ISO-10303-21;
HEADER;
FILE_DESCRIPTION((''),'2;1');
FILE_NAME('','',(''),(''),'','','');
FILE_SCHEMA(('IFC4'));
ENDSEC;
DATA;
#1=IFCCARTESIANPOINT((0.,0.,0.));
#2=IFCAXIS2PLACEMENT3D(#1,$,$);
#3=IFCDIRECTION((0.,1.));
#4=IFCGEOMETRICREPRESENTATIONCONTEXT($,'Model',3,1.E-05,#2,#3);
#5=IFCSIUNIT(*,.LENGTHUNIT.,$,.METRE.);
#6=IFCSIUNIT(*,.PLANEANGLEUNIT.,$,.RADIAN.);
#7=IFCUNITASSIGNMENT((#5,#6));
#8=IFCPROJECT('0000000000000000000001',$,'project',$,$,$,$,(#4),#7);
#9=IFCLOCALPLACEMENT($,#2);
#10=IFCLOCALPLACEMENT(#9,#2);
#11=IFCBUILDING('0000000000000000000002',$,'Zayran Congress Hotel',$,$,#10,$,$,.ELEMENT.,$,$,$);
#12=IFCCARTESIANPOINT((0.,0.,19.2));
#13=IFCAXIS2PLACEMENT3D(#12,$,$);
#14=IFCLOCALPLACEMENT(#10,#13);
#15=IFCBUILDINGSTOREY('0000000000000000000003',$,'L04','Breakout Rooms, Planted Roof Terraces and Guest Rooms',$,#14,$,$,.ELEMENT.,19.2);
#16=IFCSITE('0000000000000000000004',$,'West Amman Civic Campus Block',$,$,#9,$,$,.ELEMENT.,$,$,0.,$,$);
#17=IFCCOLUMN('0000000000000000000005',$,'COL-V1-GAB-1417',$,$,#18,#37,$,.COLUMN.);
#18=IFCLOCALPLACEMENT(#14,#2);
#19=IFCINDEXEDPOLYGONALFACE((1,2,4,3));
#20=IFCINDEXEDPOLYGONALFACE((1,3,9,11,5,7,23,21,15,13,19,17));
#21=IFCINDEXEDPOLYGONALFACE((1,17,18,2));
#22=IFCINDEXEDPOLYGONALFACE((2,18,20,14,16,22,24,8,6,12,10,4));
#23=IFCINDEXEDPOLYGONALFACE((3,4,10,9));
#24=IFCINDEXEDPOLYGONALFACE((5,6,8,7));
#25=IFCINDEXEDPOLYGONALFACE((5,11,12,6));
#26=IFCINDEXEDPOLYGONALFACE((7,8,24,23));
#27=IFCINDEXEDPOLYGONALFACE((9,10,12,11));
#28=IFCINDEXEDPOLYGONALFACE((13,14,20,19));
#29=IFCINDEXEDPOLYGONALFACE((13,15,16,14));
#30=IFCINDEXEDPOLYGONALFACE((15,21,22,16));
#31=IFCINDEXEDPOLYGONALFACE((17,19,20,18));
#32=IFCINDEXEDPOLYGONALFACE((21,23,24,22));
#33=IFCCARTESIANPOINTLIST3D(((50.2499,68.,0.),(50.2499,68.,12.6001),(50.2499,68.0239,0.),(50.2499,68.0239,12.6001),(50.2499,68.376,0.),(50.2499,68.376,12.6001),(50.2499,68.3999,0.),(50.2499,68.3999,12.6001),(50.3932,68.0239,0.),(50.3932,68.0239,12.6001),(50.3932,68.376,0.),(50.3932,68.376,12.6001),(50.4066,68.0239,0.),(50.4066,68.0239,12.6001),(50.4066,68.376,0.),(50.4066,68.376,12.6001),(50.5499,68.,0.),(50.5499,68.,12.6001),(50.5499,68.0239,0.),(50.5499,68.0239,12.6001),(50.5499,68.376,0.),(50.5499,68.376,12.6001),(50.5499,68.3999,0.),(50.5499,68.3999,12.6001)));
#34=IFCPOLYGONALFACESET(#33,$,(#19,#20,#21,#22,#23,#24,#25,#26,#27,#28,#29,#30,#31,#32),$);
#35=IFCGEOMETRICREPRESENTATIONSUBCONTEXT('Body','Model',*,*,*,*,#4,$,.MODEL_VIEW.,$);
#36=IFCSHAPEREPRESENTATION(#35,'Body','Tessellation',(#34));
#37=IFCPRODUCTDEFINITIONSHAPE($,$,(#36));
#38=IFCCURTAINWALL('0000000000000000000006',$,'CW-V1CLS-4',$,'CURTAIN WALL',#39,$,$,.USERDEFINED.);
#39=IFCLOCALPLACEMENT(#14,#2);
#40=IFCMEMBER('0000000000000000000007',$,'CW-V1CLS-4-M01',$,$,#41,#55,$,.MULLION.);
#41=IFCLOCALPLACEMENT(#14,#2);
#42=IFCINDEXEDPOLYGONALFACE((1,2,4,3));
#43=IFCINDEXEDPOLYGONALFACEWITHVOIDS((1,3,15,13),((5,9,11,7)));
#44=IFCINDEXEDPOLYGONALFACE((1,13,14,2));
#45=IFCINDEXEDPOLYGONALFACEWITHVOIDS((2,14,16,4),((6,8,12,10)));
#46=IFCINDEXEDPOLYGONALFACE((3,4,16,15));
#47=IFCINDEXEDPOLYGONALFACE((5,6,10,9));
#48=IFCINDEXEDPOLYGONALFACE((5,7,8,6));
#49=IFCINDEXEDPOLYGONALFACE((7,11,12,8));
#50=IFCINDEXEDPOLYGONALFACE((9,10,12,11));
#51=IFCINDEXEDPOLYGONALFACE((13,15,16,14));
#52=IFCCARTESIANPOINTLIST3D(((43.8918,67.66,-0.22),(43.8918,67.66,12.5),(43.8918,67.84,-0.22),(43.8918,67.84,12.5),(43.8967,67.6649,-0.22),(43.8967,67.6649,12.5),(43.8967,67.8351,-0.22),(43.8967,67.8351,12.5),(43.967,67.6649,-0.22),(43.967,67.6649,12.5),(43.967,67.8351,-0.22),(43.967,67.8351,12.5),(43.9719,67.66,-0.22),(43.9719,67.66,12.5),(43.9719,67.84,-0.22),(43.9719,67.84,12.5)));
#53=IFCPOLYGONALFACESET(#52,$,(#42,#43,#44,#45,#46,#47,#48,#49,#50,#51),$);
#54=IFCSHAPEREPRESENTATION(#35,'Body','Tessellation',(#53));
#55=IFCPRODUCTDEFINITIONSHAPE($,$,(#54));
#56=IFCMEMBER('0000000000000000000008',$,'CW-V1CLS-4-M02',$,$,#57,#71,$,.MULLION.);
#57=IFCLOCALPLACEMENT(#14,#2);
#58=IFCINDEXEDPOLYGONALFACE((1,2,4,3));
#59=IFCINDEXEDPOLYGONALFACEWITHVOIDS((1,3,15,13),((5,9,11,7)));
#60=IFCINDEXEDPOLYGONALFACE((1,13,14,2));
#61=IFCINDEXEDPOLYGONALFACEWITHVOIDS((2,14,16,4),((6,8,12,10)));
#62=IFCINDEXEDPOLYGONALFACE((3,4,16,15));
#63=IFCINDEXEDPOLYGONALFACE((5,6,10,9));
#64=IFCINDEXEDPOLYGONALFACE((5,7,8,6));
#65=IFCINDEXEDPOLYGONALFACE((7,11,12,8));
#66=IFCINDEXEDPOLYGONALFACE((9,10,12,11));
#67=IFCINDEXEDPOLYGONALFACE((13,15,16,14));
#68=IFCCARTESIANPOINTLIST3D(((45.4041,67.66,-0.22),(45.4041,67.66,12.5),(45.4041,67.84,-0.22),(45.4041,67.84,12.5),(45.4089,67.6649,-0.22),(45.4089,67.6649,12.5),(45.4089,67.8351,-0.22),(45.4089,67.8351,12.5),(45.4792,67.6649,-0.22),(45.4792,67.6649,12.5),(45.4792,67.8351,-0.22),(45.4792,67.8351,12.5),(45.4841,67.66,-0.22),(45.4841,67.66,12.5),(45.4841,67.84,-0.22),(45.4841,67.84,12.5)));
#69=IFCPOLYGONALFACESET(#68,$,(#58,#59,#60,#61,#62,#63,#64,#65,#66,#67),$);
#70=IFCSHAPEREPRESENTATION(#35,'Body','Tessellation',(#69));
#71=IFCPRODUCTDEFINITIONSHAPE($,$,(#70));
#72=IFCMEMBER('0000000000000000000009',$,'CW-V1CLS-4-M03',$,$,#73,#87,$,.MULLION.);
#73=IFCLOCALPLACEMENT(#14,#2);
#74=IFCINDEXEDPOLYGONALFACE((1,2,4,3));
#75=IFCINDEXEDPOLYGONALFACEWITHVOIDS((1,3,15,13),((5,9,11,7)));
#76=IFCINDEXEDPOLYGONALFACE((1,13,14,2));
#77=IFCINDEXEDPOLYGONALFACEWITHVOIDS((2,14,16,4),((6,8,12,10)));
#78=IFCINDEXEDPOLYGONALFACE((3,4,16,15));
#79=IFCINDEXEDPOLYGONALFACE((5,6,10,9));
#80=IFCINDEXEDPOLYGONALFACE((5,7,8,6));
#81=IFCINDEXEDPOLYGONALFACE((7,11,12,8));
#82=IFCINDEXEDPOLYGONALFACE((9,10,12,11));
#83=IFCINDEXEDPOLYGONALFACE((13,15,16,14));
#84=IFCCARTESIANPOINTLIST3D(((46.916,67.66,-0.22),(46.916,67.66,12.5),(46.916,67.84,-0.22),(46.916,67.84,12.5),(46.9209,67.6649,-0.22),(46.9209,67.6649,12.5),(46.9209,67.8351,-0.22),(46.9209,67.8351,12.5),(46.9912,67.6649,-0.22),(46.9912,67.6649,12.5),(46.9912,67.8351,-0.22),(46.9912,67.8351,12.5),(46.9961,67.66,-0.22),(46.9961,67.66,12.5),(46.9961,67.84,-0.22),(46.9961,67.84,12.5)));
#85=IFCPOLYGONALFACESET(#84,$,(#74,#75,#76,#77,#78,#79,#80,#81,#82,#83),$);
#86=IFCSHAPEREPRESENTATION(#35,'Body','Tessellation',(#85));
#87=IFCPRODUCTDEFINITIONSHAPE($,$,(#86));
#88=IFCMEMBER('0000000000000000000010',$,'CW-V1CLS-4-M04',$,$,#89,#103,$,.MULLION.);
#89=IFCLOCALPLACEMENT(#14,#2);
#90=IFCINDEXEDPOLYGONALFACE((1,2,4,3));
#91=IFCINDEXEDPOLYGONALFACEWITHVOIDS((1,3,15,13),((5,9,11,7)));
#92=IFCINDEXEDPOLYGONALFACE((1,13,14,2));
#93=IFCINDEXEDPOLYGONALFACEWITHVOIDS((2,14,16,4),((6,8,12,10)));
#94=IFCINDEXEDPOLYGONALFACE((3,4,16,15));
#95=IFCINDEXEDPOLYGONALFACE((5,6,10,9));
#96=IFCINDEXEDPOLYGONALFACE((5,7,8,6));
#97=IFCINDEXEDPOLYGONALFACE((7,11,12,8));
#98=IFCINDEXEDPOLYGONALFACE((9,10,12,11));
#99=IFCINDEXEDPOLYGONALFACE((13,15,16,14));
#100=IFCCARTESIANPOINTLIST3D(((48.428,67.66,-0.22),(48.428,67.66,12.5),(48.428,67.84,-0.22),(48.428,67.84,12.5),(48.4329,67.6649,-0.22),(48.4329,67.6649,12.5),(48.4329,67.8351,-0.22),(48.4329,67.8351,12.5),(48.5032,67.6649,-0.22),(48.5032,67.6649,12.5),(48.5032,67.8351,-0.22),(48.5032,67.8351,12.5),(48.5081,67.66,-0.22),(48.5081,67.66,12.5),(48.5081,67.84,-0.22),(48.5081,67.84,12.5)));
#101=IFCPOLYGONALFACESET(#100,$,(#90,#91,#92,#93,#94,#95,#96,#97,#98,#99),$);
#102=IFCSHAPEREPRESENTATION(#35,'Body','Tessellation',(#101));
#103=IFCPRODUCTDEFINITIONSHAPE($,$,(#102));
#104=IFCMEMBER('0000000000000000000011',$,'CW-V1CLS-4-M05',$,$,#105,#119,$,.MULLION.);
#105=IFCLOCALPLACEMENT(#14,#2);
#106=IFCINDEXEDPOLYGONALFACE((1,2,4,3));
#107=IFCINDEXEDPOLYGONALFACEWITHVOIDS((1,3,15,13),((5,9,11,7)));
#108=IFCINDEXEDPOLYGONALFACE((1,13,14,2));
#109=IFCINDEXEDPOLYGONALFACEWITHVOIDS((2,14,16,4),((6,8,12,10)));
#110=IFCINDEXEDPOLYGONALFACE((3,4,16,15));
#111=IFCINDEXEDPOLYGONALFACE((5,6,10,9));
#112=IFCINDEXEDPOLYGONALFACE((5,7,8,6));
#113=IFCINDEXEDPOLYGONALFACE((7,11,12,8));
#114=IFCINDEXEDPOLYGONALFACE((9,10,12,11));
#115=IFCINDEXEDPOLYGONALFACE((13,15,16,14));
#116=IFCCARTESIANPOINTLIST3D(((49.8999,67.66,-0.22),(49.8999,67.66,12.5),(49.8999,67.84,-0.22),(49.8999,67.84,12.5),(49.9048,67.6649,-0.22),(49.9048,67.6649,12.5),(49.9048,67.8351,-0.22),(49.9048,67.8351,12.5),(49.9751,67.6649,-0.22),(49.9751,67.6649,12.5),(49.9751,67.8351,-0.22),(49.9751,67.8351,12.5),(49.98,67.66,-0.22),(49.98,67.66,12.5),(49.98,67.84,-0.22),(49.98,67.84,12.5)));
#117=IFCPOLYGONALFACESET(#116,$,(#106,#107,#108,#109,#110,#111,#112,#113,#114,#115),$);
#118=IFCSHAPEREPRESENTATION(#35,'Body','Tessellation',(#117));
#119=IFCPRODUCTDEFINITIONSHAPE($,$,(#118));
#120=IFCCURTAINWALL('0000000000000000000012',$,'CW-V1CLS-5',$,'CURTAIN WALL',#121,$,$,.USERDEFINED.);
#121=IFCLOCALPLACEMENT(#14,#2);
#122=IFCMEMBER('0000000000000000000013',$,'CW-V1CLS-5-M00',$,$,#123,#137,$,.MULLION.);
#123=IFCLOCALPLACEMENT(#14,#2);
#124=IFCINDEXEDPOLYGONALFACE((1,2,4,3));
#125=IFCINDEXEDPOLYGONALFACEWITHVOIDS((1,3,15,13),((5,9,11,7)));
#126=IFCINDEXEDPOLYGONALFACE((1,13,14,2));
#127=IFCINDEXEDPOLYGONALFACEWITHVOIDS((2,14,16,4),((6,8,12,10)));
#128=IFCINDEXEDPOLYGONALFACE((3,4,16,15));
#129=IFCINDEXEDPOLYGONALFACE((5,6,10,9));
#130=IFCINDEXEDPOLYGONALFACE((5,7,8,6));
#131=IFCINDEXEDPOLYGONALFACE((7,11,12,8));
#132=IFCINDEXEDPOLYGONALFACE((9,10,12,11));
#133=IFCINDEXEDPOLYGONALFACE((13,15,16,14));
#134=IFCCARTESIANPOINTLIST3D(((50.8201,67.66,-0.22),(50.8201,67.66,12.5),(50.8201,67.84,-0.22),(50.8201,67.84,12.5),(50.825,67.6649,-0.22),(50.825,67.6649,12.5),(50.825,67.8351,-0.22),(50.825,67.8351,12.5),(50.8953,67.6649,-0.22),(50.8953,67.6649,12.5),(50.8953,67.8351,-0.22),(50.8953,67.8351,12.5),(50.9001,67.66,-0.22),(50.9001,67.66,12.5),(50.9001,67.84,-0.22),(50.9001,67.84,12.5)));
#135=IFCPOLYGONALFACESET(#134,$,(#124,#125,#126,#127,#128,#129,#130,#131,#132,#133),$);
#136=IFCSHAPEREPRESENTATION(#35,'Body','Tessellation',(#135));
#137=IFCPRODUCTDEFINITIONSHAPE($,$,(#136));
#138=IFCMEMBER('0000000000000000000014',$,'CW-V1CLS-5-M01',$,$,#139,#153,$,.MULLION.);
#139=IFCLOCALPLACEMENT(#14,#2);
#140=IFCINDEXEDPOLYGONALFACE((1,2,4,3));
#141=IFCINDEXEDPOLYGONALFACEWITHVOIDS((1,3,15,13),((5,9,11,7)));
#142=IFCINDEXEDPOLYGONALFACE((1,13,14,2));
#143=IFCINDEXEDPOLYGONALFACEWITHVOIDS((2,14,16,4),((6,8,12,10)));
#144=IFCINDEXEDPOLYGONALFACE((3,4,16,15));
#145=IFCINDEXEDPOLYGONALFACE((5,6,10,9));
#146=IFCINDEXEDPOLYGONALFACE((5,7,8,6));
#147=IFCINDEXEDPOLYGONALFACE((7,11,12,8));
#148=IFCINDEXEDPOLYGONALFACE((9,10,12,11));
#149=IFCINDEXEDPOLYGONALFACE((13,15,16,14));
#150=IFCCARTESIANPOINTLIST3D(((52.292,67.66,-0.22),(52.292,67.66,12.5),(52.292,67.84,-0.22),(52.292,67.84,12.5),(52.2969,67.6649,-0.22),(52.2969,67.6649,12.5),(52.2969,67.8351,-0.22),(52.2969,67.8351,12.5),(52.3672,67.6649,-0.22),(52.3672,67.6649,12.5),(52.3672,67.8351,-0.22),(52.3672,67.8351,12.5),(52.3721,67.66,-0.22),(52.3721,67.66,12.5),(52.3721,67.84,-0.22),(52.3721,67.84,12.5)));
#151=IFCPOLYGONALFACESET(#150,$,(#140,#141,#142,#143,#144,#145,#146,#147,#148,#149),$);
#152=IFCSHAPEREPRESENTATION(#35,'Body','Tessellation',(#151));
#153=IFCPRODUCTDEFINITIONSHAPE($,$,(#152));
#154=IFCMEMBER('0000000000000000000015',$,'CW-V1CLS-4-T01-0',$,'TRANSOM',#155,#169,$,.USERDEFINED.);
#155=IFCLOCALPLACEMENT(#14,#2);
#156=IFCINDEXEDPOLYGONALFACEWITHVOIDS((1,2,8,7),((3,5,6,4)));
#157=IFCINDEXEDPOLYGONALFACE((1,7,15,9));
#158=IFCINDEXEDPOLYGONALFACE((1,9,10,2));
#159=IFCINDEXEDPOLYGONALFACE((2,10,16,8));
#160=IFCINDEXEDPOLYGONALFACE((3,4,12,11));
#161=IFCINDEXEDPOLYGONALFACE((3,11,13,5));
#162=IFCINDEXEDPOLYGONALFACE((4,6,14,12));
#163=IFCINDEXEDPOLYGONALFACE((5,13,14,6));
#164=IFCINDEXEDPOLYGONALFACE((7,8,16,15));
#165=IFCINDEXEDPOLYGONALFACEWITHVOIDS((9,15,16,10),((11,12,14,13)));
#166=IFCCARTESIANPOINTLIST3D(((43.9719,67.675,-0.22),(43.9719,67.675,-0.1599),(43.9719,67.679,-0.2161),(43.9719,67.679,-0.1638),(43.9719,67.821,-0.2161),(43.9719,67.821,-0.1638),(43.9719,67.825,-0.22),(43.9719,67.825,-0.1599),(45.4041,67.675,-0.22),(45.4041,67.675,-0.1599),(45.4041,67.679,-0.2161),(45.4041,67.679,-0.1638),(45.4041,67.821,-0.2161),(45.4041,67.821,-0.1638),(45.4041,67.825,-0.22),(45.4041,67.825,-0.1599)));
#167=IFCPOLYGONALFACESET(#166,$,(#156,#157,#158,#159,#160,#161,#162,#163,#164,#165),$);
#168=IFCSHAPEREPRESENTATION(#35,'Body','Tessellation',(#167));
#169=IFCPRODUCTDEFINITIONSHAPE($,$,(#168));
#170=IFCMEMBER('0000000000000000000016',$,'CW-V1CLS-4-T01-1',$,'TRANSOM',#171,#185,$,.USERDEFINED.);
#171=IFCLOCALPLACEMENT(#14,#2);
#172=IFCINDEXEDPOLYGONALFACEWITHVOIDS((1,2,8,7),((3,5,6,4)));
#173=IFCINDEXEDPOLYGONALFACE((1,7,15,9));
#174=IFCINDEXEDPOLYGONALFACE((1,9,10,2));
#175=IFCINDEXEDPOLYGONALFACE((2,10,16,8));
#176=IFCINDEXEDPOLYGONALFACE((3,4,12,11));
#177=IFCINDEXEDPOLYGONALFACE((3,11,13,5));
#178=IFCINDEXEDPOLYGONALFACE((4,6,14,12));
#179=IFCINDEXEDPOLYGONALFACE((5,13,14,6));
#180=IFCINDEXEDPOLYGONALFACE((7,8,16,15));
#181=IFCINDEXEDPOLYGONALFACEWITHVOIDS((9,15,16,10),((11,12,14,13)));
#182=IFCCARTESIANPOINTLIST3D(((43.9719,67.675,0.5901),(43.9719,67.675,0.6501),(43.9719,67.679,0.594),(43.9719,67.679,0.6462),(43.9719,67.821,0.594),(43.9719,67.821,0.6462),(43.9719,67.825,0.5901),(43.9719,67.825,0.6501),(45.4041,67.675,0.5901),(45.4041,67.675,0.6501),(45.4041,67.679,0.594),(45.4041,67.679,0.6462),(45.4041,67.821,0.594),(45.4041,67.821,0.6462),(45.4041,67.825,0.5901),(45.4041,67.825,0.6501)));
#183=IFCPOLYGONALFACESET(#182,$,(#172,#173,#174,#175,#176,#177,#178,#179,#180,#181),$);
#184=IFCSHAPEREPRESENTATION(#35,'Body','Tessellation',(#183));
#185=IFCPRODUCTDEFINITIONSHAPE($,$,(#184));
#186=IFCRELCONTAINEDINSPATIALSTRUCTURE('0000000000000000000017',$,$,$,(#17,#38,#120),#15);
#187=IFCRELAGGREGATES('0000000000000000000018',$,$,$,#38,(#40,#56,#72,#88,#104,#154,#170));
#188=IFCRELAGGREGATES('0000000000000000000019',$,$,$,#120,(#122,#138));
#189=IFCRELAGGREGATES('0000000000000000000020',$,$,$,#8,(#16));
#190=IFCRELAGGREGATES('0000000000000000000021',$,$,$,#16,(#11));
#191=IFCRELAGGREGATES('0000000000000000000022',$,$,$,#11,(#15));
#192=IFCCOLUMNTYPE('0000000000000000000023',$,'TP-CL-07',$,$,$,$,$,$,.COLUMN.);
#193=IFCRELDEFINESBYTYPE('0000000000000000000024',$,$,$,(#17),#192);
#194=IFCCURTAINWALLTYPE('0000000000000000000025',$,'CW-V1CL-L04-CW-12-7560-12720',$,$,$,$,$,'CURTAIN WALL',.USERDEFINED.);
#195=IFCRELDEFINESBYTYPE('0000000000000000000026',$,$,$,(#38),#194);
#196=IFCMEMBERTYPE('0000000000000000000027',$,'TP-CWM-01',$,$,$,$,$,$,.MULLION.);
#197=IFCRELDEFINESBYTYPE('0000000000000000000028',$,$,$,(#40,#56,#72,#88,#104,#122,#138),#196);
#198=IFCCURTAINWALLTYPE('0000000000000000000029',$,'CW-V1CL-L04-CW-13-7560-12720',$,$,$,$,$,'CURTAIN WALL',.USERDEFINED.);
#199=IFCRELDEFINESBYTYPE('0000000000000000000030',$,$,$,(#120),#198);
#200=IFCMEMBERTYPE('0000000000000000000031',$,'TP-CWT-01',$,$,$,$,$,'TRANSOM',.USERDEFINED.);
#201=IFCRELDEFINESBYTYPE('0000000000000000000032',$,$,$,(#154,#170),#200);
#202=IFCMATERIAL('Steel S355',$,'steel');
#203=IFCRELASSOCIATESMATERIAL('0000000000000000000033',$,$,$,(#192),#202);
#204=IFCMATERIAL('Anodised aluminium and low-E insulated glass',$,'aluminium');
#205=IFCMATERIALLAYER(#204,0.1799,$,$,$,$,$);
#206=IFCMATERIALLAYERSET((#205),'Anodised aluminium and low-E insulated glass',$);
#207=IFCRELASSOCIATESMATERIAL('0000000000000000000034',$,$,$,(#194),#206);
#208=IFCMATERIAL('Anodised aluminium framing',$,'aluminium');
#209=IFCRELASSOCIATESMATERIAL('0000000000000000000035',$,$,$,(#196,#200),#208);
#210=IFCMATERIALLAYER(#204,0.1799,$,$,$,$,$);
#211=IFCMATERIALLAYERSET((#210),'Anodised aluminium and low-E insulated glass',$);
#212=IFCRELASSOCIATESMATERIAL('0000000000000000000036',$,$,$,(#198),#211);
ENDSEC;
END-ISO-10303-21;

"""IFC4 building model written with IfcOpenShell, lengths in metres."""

from ifc_helpers import new_model, si_unit, direction, frame, origin, origin_2d, place, context, subcontext, project, spatial, hollow_rectangle, i_section, extrude, material, layer, layer_set, material_profile, profile_set, type_object, element, aggregate, save


model = new_model("IFC4")

# Units and contexts
model_context = context("Model", 3, precision=1e-05, world=origin(), true_north=direction((0.0, 1.0)))
body_context = subcontext(model_context, "Body", "Model", "MODEL_VIEW")
ifc_project = project(units=[si_unit("LENGTHUNIT", "METRE"), si_unit("PLANEANGLEUNIT", "RADIAN")], contexts=[model_context])

# Site, building, storey
site_placement = place(None, origin())
site = spatial("IfcSite", under=ifc_project, at=site_placement, Name="West Amman Civic Campus Block", CompositionType="ELEMENT", RefElevation=0.0)
building_placement = place(site_placement, origin())
building = spatial("IfcBuilding", under=site, at=building_placement, Name="Zayran Congress Hotel", CompositionType="ELEMENT")
storey_placement = place(building_placement, frame((0.0, 0.0, 19.2)))
storey = spatial("IfcBuildingStorey", under=building, at=storey_placement, Name="L04", Description="Breakout Rooms, Planted Roof Terraces and Guest Rooms", CompositionType="ELEMENT", Elevation=19.2)

# Column
ifc_material_1 = material(Name="Steel S355", Category="steel")
ifc_material_profile_1 = material_profile(ifc_material_1, i_section(OverallWidth=0.3, OverallDepth=0.3999, WebThickness=0.0134, FlangeThickness=0.0239, at=origin_2d()), Name="HEB 400")
ifc_profile_set_1 = profile_set([ifc_material_profile_1], Name="Steel S355")
column_type = type_object("IfcColumnType", Name="TP-CL-07", PredefinedType="COLUMN", material=ifc_profile_set_1)
column_placement = place(storey_placement, frame((50.3999, 68.2, 0.0), z_axis=(0.0, 0.0, 1.0), x_axis=(1.0, 0.0, 0.0)))
element("IfcColumn", 1, at=column_placement, inside=storey, type_object=column_type, Name="COL-V1-GAB-1417", PredefinedType="COLUMN", context=body_context, shape_type="SweptSolid", body=[
    extrude(i_section(OverallWidth=0.3, OverallDepth=0.3999, WebThickness=0.0134, FlangeThickness=0.0239, at=origin_2d()), origin(), (0.0, 0.0, 1.0), 12.6001),
])

# Curtain walls, members
ifc_material_2 = material(Name="Anodised aluminium and low-E insulated glass", Category="aluminium")
ifc_layer_1 = layer(ifc_material_2, 0.1799)
ifc_layer_set_1 = layer_set([ifc_layer_1], Name="Anodised aluminium and low-E insulated glass")
curtain_wall_type_1 = type_object("IfcCurtainWallType", Name="CW-V1CL-L04-CW-12-7560-12720", ElementType="CURTAIN WALL", PredefinedType="USERDEFINED", material=ifc_layer_set_1)
curtain_wall_1_placement = place(storey_placement, origin())
curtain_wall_1 = element("IfcCurtainWall", 2, at=curtain_wall_1_placement, inside=storey, type_object=curtain_wall_type_1, Name="CW-V1CLS-4", ObjectType="CURTAIN WALL", PredefinedType="USERDEFINED")
ifc_material_3 = material(Name="Anodised aluminium framing", Category="aluminium")
ifc_material_profile_2 = material_profile(ifc_material_3, hollow_rectangle(XDim=0.0801, YDim=0.1799, WallThickness=0.0049, at=origin_2d()), Name="RHS 180x80x5")
ifc_profile_set_2 = profile_set([ifc_material_profile_2], Name="Anodised aluminium framing")
member_type_1 = type_object("IfcMemberType", Name="TP-CWM-01", PredefinedType="MULLION", material=ifc_profile_set_2)
member_1_placement = place(storey_placement, frame((43.9319, 67.75, -0.22), z_axis=(0.0, 0.0, 1.0), x_axis=(1.0, 0.0, 0.0)))
member_1 = element("IfcMember", 3, at=member_1_placement, type_object=member_type_1, Name="CW-V1CLS-4-M01", PredefinedType="MULLION", context=body_context, shape_type="SweptSolid", body=[
    extrude(hollow_rectangle(XDim=0.0801, YDim=0.1799, WallThickness=0.0049, at=origin_2d()), origin(), (0.0, 0.0, 1.0), 12.72),
])
member_2_placement = place(storey_placement, frame((45.4441, 67.75, -0.22), z_axis=(0.0, 0.0, 1.0), x_axis=(1.0, 0.0, 0.0)))
member_2 = element("IfcMember", 4, at=member_2_placement, type_object=member_type_1, Name="CW-V1CLS-4-M02", PredefinedType="MULLION", context=body_context, shape_type="SweptSolid", body=[
    extrude(hollow_rectangle(XDim=0.0801, YDim=0.1799, WallThickness=0.0049, at=origin_2d()), origin(), (0.0, 0.0, 1.0), 12.72),
])
member_3_placement = place(storey_placement, frame((46.9561, 67.75, -0.22), z_axis=(0.0, 0.0, 1.0), x_axis=(1.0, 0.0, 0.0)))
member_3 = element("IfcMember", 5, at=member_3_placement, type_object=member_type_1, Name="CW-V1CLS-4-M03", PredefinedType="MULLION", context=body_context, shape_type="SweptSolid", body=[
    extrude(hollow_rectangle(XDim=0.0801, YDim=0.1799, WallThickness=0.0049, at=origin_2d()), origin(), (0.0, 0.0, 1.0), 12.72),
])
member_4_placement = place(storey_placement, frame((48.468, 67.75, -0.22), z_axis=(0.0, 0.0, 1.0), x_axis=(1.0, 0.0, 0.0)))
member_4 = element("IfcMember", 6, at=member_4_placement, type_object=member_type_1, Name="CW-V1CLS-4-M04", PredefinedType="MULLION", context=body_context, shape_type="SweptSolid", body=[
    extrude(hollow_rectangle(XDim=0.0801, YDim=0.1799, WallThickness=0.0049, at=origin_2d()), origin(), (0.0, 0.0, 1.0), 12.72),
])
member_5_placement = place(storey_placement, frame((49.9399, 67.75, -0.22), z_axis=(0.0, 0.0, 1.0), x_axis=(1.0, 0.0, 0.0)))
member_5 = element("IfcMember", 7, at=member_5_placement, type_object=member_type_1, Name="CW-V1CLS-4-M05", PredefinedType="MULLION", context=body_context, shape_type="SweptSolid", body=[
    extrude(hollow_rectangle(XDim=0.0801, YDim=0.1799, WallThickness=0.0049, at=origin_2d()), origin(), (0.0, 0.0, 1.0), 12.72),
])
ifc_layer_2 = layer(ifc_material_2, 0.1799)
ifc_layer_set_2 = layer_set([ifc_layer_2], Name="Anodised aluminium and low-E insulated glass")
curtain_wall_type_2 = type_object("IfcCurtainWallType", Name="CW-V1CL-L04-CW-13-7560-12720", ElementType="CURTAIN WALL", PredefinedType="USERDEFINED", material=ifc_layer_set_2)
curtain_wall_2_placement = place(storey_placement, origin())
curtain_wall_2 = element("IfcCurtainWall", 8, at=curtain_wall_2_placement, inside=storey, type_object=curtain_wall_type_2, Name="CW-V1CLS-5", ObjectType="CURTAIN WALL", PredefinedType="USERDEFINED")
member_6_placement = place(storey_placement, frame((50.8601, 67.75, -0.22), z_axis=(0.0, 0.0, 1.0), x_axis=(1.0, 0.0, 0.0)))
member_6 = element("IfcMember", 9, at=member_6_placement, type_object=member_type_1, Name="CW-V1CLS-5-M00", PredefinedType="MULLION", context=body_context, shape_type="SweptSolid", body=[
    extrude(hollow_rectangle(XDim=0.0801, YDim=0.1799, WallThickness=0.0049, at=origin_2d()), origin(), (0.0, 0.0, 1.0), 12.72),
])
member_7_placement = place(storey_placement, frame((52.332, 67.75, -0.22), z_axis=(0.0, 0.0, 1.0), x_axis=(1.0, 0.0, 0.0)))
member_7 = element("IfcMember", 10, at=member_7_placement, type_object=member_type_1, Name="CW-V1CLS-5-M01", PredefinedType="MULLION", context=body_context, shape_type="SweptSolid", body=[
    extrude(hollow_rectangle(XDim=0.0801, YDim=0.1799, WallThickness=0.0049, at=origin_2d()), origin(), (0.0, 0.0, 1.0), 12.72),
])

# Members
ifc_material_profile_3 = material_profile(ifc_material_3, hollow_rectangle(XDim=0.0601, YDim=0.1499, WallThickness=0.0039, at=origin_2d()), Name="RHS 150x60x4")
ifc_profile_set_3 = profile_set([ifc_material_profile_3], Name="Anodised aluminium framing")
member_type_2 = type_object("IfcMemberType", Name="TP-CWT-01", ElementType="TRANSOM", PredefinedType="USERDEFINED", material=ifc_profile_set_3)
member_8_placement = place(storey_placement, frame((43.9719, 67.75, -0.1899), z_axis=(1.0, 0.0, 0.0), x_axis=(0.0, 0.0, 1.0)))
member_8 = element("IfcMember", 11, at=member_8_placement, type_object=member_type_2, Name="CW-V1CLS-4-T01-0", ObjectType="TRANSOM", PredefinedType="USERDEFINED", context=body_context, shape_type="SweptSolid", body=[
    extrude(hollow_rectangle(XDim=0.0601, YDim=0.1499, WallThickness=0.0039, at=origin_2d()), origin(), (0.0, 0.0, 1.0), 1.4321),
])
member_9_placement = place(storey_placement, frame((43.9719, 67.75, 0.6201), z_axis=(1.0, 0.0, 0.0), x_axis=(0.0, 0.0, 1.0)))
member_9 = element("IfcMember", 12, at=member_9_placement, type_object=member_type_2, Name="CW-V1CLS-4-T01-1", ObjectType="TRANSOM", PredefinedType="USERDEFINED", context=body_context, shape_type="SweptSolid", body=[
    extrude(hollow_rectangle(XDim=0.0601, YDim=0.1499, WallThickness=0.0039, at=origin_2d()), origin(), (0.0, 0.0, 1.0), 1.4321),
])

aggregate(curtain_wall_1, [member_1, member_2, member_3, member_4, member_5, member_8, member_9])
aggregate(curtain_wall_2, [member_6, member_7])

save(model, "model.ifc")
